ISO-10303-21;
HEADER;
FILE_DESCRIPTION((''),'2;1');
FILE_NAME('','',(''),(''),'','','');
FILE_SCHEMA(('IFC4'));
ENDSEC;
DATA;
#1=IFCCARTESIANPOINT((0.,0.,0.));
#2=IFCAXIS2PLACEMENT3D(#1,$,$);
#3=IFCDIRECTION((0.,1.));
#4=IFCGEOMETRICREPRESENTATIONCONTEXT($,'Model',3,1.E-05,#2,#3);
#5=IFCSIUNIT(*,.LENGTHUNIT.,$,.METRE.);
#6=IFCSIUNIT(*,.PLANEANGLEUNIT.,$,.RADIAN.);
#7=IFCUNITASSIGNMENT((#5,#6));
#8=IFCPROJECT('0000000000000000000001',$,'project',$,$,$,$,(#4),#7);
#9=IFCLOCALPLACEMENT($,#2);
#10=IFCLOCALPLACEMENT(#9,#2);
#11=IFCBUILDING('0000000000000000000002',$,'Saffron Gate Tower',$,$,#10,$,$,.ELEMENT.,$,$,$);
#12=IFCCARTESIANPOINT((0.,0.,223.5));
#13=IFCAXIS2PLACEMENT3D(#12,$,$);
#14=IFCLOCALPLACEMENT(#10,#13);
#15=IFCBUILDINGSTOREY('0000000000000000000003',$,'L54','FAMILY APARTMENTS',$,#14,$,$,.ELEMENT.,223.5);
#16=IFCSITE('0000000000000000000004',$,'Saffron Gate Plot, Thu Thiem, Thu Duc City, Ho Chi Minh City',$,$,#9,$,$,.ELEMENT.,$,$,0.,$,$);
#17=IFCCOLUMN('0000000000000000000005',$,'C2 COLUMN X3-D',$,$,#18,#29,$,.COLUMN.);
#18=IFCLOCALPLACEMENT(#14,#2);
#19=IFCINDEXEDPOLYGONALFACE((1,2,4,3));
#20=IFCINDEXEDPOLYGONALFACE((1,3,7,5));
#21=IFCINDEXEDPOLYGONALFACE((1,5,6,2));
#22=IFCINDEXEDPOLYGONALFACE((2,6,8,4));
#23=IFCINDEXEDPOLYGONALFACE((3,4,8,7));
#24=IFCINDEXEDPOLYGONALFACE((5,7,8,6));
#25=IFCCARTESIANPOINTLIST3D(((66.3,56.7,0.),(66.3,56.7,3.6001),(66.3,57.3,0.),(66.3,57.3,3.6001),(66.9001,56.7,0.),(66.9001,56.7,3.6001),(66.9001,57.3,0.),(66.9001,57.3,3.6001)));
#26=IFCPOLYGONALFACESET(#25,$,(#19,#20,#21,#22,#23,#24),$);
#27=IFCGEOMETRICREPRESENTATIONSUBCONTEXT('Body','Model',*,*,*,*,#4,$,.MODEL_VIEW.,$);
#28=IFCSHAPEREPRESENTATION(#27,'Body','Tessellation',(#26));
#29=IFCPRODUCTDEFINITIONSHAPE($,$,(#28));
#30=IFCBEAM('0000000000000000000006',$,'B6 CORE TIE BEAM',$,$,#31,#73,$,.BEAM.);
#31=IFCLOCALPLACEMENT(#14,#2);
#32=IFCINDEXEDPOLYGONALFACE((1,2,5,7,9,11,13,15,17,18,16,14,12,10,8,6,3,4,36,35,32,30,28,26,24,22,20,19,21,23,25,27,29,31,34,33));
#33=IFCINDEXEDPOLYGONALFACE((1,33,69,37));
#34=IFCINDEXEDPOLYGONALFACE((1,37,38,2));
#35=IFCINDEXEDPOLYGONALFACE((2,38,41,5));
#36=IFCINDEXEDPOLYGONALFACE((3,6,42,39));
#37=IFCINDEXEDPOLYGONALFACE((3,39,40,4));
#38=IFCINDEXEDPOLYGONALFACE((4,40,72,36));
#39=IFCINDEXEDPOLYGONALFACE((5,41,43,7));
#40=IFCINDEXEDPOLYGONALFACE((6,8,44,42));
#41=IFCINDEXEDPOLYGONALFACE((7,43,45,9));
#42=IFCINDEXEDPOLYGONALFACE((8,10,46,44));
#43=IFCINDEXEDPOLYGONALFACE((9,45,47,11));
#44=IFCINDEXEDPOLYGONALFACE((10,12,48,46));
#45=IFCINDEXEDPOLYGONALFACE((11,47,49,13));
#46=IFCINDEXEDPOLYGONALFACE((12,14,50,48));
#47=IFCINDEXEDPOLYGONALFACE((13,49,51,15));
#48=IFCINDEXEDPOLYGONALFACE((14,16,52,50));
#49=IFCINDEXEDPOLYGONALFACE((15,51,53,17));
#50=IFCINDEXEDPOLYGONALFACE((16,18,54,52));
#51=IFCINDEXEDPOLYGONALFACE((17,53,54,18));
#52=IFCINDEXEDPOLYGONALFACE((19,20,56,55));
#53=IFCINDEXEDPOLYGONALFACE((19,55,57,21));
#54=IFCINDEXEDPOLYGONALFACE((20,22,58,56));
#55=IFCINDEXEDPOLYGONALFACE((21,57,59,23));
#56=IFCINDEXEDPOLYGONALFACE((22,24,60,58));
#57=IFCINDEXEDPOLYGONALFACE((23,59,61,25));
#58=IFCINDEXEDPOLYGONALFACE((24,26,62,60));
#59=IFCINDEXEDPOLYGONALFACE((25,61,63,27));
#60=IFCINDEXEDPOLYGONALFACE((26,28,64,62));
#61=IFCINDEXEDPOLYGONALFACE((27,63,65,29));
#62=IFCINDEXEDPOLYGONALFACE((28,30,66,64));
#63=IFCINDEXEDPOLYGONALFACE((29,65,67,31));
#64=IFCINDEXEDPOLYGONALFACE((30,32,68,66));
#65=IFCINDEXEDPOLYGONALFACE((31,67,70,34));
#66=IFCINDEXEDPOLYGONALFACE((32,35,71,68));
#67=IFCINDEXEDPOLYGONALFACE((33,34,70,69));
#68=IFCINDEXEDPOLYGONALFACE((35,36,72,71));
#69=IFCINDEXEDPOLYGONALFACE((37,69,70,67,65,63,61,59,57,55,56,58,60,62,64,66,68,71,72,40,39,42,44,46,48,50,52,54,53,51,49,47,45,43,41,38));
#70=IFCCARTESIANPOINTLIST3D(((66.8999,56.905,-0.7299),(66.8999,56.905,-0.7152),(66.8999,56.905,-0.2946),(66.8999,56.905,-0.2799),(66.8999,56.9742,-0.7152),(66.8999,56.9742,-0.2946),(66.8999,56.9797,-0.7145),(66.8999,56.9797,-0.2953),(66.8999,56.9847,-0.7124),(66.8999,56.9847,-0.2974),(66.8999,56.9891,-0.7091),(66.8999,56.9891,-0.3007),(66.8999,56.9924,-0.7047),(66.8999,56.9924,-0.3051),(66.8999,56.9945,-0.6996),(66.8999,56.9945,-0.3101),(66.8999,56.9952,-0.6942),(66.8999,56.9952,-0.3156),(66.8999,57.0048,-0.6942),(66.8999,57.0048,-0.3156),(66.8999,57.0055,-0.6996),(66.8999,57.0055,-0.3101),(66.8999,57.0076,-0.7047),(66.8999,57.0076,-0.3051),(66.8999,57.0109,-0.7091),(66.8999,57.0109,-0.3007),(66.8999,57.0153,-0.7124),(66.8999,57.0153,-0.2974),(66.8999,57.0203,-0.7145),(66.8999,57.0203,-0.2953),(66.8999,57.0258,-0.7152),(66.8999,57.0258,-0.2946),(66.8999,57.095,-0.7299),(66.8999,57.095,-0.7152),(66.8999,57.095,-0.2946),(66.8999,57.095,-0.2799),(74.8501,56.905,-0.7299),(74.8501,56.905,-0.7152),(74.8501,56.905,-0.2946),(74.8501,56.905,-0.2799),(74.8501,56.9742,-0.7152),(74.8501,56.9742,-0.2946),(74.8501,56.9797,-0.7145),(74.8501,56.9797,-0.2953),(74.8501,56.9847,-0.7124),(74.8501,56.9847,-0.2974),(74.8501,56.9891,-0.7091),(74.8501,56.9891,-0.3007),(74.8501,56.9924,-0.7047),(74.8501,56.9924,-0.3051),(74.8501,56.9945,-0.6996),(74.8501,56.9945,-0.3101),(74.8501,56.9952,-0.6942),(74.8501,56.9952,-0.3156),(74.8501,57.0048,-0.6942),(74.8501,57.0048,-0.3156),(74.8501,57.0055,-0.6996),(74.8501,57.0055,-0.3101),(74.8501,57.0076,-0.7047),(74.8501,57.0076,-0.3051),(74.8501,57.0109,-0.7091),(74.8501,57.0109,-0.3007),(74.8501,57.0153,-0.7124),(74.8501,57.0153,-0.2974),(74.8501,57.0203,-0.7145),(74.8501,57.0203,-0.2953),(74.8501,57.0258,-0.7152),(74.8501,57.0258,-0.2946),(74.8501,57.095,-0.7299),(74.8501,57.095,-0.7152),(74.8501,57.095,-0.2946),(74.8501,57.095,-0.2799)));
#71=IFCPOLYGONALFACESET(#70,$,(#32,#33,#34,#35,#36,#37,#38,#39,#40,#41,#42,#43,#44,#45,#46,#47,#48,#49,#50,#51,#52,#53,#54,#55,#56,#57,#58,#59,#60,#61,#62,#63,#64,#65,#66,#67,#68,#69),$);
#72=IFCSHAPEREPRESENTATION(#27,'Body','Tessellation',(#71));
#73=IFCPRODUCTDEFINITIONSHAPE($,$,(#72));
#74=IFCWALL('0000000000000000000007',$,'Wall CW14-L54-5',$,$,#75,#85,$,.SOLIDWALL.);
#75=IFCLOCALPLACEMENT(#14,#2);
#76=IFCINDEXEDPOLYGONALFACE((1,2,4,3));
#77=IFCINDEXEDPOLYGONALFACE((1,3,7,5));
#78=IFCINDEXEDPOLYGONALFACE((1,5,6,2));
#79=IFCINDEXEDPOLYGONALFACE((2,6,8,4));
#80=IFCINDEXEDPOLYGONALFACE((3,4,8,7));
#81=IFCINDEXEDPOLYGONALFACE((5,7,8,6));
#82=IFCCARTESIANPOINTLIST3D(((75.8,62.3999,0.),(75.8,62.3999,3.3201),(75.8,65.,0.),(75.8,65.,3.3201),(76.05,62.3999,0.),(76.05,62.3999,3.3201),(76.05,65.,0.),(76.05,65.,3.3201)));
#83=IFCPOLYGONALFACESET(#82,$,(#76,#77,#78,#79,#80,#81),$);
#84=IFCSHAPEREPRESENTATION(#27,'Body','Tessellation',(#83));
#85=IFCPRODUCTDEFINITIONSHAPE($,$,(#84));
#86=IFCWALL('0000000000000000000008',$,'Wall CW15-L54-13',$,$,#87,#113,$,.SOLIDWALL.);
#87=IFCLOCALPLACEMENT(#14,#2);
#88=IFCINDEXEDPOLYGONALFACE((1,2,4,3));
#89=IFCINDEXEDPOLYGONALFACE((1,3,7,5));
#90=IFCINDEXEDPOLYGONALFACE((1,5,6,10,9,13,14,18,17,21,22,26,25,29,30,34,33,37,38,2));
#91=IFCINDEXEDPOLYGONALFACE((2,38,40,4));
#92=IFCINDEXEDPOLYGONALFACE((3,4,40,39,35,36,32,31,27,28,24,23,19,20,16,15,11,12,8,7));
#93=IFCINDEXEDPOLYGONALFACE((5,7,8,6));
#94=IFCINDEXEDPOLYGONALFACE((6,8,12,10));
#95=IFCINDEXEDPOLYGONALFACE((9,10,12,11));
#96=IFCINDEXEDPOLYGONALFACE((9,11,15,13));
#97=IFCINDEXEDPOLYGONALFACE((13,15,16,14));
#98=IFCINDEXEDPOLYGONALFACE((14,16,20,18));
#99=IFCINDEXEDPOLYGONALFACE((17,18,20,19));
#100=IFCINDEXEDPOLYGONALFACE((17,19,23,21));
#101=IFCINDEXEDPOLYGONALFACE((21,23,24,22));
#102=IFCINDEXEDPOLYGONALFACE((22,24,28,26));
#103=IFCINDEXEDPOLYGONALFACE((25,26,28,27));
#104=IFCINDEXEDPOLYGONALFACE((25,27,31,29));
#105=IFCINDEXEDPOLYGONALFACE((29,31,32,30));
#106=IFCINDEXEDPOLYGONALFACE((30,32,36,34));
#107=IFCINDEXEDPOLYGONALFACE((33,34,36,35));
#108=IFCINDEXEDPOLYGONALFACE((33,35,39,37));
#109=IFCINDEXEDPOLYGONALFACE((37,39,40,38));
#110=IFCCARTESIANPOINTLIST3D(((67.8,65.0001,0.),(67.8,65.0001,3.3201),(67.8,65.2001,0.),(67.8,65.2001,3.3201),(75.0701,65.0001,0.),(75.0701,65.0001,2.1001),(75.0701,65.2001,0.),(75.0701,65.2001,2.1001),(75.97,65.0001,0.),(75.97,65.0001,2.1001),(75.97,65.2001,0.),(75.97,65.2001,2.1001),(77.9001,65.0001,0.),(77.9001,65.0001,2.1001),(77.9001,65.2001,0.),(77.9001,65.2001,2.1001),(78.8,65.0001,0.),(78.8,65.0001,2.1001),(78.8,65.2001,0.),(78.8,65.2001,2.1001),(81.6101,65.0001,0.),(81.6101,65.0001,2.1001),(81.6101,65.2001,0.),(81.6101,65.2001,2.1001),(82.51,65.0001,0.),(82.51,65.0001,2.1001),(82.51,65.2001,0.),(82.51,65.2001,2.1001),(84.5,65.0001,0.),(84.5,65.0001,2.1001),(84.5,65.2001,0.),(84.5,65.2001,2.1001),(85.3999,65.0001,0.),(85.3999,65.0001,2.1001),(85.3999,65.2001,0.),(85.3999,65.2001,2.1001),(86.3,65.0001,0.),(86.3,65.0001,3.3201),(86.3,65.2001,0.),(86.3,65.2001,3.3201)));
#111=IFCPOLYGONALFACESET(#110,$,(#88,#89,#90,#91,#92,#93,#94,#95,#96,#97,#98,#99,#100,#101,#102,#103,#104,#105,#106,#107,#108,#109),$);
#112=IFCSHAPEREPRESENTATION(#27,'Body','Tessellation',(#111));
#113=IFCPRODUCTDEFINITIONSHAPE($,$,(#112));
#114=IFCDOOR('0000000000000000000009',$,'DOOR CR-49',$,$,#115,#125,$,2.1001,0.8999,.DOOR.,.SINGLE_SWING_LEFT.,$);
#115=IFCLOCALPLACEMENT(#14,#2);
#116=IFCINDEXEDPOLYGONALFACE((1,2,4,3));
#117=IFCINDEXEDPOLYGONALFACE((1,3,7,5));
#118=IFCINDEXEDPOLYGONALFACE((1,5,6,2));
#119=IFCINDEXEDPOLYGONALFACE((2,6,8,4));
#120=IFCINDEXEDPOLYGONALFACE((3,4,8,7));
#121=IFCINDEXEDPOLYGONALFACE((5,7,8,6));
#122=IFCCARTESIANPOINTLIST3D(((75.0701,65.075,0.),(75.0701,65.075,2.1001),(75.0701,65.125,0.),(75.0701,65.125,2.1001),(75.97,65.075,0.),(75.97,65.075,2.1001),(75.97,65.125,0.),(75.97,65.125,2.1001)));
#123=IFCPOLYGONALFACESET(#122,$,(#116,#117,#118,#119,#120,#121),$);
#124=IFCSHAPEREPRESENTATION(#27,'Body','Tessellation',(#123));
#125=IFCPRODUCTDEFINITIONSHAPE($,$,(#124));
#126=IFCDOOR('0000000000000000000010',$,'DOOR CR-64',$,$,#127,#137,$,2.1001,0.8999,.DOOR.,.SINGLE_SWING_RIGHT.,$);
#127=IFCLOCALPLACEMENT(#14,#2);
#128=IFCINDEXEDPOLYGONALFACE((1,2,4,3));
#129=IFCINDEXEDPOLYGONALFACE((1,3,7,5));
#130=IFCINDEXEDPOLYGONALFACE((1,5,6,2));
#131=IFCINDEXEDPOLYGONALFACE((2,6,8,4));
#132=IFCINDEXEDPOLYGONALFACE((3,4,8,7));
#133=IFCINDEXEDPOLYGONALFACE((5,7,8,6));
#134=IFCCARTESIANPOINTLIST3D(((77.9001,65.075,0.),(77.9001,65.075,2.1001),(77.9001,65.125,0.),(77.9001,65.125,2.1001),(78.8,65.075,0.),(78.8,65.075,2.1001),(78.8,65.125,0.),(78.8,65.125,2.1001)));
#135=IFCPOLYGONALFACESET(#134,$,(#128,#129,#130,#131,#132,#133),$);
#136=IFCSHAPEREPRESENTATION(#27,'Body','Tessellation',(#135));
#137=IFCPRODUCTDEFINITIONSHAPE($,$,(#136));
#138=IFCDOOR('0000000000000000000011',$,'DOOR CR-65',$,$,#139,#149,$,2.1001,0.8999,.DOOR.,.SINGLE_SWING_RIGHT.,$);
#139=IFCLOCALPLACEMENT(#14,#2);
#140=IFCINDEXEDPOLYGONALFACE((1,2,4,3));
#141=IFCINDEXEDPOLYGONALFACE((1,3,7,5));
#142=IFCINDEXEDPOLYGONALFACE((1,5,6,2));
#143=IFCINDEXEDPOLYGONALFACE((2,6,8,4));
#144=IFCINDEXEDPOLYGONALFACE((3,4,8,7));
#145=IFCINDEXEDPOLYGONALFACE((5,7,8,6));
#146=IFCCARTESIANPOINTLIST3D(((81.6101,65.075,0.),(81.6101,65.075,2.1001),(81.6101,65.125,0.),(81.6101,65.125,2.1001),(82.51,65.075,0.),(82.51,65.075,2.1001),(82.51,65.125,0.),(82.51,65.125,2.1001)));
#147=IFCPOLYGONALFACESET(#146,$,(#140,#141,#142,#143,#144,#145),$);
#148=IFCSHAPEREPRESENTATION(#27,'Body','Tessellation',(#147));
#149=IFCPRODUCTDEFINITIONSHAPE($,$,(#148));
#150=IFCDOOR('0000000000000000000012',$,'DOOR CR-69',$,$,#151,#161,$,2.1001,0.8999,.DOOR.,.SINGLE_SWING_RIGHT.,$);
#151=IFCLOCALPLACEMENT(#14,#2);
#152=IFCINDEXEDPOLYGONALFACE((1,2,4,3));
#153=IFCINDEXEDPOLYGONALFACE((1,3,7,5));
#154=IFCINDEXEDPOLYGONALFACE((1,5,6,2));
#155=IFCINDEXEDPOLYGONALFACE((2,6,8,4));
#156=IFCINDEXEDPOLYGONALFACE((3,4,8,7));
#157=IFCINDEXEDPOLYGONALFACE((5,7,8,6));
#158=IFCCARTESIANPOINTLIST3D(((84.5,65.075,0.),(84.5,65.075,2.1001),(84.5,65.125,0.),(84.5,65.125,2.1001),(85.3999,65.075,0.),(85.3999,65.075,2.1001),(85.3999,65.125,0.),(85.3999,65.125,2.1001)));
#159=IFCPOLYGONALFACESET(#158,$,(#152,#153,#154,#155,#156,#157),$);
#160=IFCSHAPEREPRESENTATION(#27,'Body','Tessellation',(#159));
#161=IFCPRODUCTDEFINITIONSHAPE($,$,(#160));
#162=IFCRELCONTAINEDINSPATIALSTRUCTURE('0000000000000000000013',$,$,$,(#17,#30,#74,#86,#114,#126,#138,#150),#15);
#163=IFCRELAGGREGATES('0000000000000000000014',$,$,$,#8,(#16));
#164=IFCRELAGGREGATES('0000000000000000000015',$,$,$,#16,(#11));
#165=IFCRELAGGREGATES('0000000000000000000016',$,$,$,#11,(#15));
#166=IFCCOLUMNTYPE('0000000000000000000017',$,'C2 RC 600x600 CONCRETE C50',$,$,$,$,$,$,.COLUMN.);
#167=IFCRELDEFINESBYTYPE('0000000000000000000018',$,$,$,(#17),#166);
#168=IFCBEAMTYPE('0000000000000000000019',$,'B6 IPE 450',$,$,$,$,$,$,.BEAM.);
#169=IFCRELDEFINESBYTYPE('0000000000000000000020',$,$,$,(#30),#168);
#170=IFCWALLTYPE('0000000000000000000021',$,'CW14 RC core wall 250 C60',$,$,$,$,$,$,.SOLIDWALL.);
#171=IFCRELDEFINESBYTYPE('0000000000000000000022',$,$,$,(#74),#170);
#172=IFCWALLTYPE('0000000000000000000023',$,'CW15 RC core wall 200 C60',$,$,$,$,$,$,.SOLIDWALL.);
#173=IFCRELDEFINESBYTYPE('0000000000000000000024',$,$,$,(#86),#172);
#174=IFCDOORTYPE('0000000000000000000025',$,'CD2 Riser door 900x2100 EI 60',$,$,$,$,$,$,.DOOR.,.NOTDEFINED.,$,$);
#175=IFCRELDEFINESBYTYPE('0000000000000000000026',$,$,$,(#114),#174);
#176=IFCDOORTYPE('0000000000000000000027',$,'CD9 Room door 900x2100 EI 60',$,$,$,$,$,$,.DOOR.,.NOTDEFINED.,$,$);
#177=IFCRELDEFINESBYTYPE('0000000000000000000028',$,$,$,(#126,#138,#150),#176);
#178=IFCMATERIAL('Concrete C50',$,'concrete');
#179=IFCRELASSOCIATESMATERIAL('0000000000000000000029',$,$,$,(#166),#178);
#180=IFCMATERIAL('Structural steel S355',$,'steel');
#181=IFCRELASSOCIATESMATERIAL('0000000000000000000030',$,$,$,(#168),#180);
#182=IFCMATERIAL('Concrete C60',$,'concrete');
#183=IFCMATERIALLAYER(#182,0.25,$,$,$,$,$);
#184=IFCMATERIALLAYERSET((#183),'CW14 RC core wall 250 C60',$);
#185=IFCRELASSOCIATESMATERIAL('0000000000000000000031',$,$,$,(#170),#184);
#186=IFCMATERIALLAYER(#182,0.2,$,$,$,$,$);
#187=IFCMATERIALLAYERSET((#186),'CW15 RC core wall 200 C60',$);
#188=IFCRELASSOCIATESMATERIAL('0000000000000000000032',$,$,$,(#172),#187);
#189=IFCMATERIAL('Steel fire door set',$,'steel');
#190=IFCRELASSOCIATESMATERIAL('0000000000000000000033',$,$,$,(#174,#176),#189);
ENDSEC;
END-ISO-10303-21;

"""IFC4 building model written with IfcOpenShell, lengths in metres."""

from ifc_helpers import new_model, si_unit, direction, frame, frame_2d, origin, origin_2d, place, context, subcontext, project, spatial, rectangle, i_section, extrude, material, layer, layer_set, material_profile, profile_set, type_object, element, fill, save


model = new_model("IFC4")

# Units and contexts
model_context = context("Model", 3, precision=1e-05, world=origin(), true_north=direction((0.0, 1.0)))
body_context = subcontext(model_context, "Body", "Model", "MODEL_VIEW")
ifc_project = project(units=[si_unit("LENGTHUNIT", "METRE"), si_unit("PLANEANGLEUNIT", "RADIAN")], contexts=[model_context])

# Site, building, storey
site_placement = place(None, origin())
site = spatial("IfcSite", under=ifc_project, at=site_placement, Name="Saffron Gate Plot, Thu Thiem, Thu Duc City, Ho Chi Minh City", CompositionType="ELEMENT", RefElevation=0.0)
building_placement = place(site_placement, origin())
building = spatial("IfcBuilding", under=site, at=building_placement, Name="Saffron Gate Tower", CompositionType="ELEMENT")
storey_placement = place(building_placement, frame((0.0, 0.0, 223.5)))
storey = spatial("IfcBuildingStorey", under=building, at=storey_placement, Name="L54", Description="FAMILY APARTMENTS", CompositionType="ELEMENT", Elevation=223.5)

# Column
ifc_material_1 = material(Name="Concrete C50", Category="concrete")
ifc_material_profile_1 = material_profile(ifc_material_1, rectangle(XDim=0.6001, YDim=0.6001, at=origin_2d()))
ifc_profile_set_1 = profile_set([ifc_material_profile_1], Name="Concrete C50")
column_type = type_object("IfcColumnType", Name="C2 RC 600x600 CONCRETE C50", PredefinedType="COLUMN", material=ifc_profile_set_1)
column_placement = place(storey_placement, frame((66.6001, 57.0, 0.0), z_axis=(0.0, 0.0, 1.0), x_axis=(1.0, 0.0, 0.0)))
element("IfcColumn", 1, at=column_placement, inside=storey, type_object=column_type, Name="C2 COLUMN X3-D", PredefinedType="COLUMN", context=body_context, shape_type="SweptSolid", body=[
    extrude(rectangle(XDim=0.6001, YDim=0.6001, at=origin_2d()), origin(), (0.0, 0.0, 1.0), 3.6001),
])

# Beam
ifc_material_2 = material(Name="Structural steel S355", Category="steel")
ifc_material_profile_2 = material_profile(ifc_material_2, i_section(OverallWidth=0.1899, OverallDepth=0.45, WebThickness=0.0095, FlangeThickness=0.0146, FilletRadius=0.021, at=origin_2d()))
ifc_profile_set_2 = profile_set([ifc_material_profile_2], Name="Structural steel S355")
beam_type = type_object("IfcBeamType", Name="B6 IPE 450", PredefinedType="BEAM", material=ifc_profile_set_2)
beam_placement = place(storey_placement, frame((66.8999, 57.0, -0.5049), z_axis=(1.0, 0.0, 0.0), x_axis=(0.0, 1.0, 0.0)))
element("IfcBeam", 2, at=beam_placement, inside=storey, type_object=beam_type, Name="B6 CORE TIE BEAM", PredefinedType="BEAM", context=body_context, shape_type="SweptSolid", body=[
    extrude(i_section(OverallWidth=0.1899, OverallDepth=0.45, WebThickness=0.0095, FlangeThickness=0.0146, FilletRadius=0.021, at=origin_2d()), origin(), (0.0, 0.0, 1.0), 7.9502),
])

# Wall
ifc_material_3 = material(Name="Concrete C60", Category="concrete")
ifc_layer_1 = layer(ifc_material_3, 0.25)
ifc_layer_set_1 = layer_set([ifc_layer_1], Name="CW14 RC core wall 250 C60")
wall_type_1 = type_object("IfcWallType", Name="CW14 RC core wall 250 C60", PredefinedType="SOLIDWALL", material=ifc_layer_set_1)
wall_1_placement = place(storey_placement, frame((75.925, 62.3999, 0.0), z_axis=(0.0, 0.0, 1.0), x_axis=(0.0, 1.0, 0.0)))
element("IfcWall", 3, at=wall_1_placement, inside=storey, type_object=wall_type_1, Name="Wall CW14-L54-5", PredefinedType="SOLIDWALL", context=body_context, shape_type="SweptSolid", body=[
    extrude(rectangle(XDim=2.6001, YDim=0.25, at=frame_2d((1.3, 0.0))), origin(), (0.0, 0.0, 1.0), 3.3201),
])

# Wall, openings, doors
ifc_layer_2 = layer(ifc_material_3, 0.2)
ifc_layer_set_2 = layer_set([ifc_layer_2], Name="CW15 RC core wall 200 C60")
wall_type_2 = type_object("IfcWallType", Name="CW15 RC core wall 200 C60", PredefinedType="SOLIDWALL", material=ifc_layer_set_2)
wall_2_placement = place(storey_placement, frame((67.8, 65.1001, 0.0), z_axis=(0.0, 0.0, 1.0), x_axis=(1.0, 0.0, 0.0)))
wall_2 = element("IfcWall", 4, at=wall_2_placement, inside=storey, type_object=wall_type_2, Name="Wall CW15-L54-13", PredefinedType="SOLIDWALL", context=body_context, shape_type="SweptSolid", body=[
    extrude(rectangle(XDim=18.5, YDim=0.2, at=frame_2d((9.25, 0.0))), origin(), (0.0, 0.0, 1.0), 3.3201),
])
opening_1_placement = place(wall_2_placement, frame((7.27, 0.0, 0.0)))
opening_1 = element("IfcOpeningElement", 5, at=opening_1_placement, cuts=wall_2, PredefinedType="OPENING", context=body_context, shape_type="SweptSolid", body=[
    extrude(rectangle(XDim=0.8999, YDim=2.1001, at=frame_2d((0.45, 1.05))), frame((0.0, 0.1099, 0.0), z_axis=(0.0, -1.0, 0.0), x_axis=(1.0, 0.0, 0.0)), (0.0, 0.0, 1.0), 0.22),
])
opening_2_placement = place(wall_2_placement, frame((10.1001, 0.0, 0.0)))
opening_2 = element("IfcOpeningElement", 6, at=opening_2_placement, cuts=wall_2, PredefinedType="OPENING", context=body_context, shape_type="SweptSolid", body=[
    extrude(rectangle(XDim=0.8999, YDim=2.1001, at=frame_2d((0.45, 1.05))), frame((0.0, 0.1099, 0.0), z_axis=(0.0, -1.0, 0.0), x_axis=(1.0, 0.0, 0.0)), (0.0, 0.0, 1.0), 0.22),
])
opening_3_placement = place(wall_2_placement, frame((13.8101, 0.0, 0.0)))
opening_3 = element("IfcOpeningElement", 7, at=opening_3_placement, cuts=wall_2, PredefinedType="OPENING", context=body_context, shape_type="SweptSolid", body=[
    extrude(rectangle(XDim=0.8999, YDim=2.1001, at=frame_2d((0.45, 1.05))), frame((0.0, 0.1099, 0.0), z_axis=(0.0, -1.0, 0.0), x_axis=(1.0, 0.0, 0.0)), (0.0, 0.0, 1.0), 0.22),
])
opening_4_placement = place(wall_2_placement, frame((16.7, 0.0, 0.0)))
opening_4 = element("IfcOpeningElement", 8, at=opening_4_placement, cuts=wall_2, PredefinedType="OPENING", context=body_context, shape_type="SweptSolid", body=[
    extrude(rectangle(XDim=0.8999, YDim=2.1001, at=frame_2d((0.45, 1.05))), frame((0.0, 0.1099, 0.0), z_axis=(0.0, -1.0, 0.0), x_axis=(1.0, 0.0, 0.0)), (0.0, 0.0, 1.0), 0.22),
])
ifc_material_4 = material(Name="Steel fire door set", Category="steel")
door_type_1 = type_object("IfcDoorType", Name="CD2 Riser door 900x2100 EI 60", OperationType="NOTDEFINED", PredefinedType="DOOR", material=ifc_material_4)
door_1_placement = place(opening_1_placement, origin())
door_1 = element("IfcDoor", 9, at=door_1_placement, inside=storey, type_object=door_type_1, Name="DOOR CR-49", OperationType="SINGLE_SWING_LEFT", OverallHeight=2.1001, OverallWidth=0.8999, PredefinedType="DOOR", context=body_context, shape_type="SweptSolid", body=[
    extrude(rectangle(XDim=0.8999, YDim=2.1001, at=frame_2d((0.45, 1.05))), frame((0.0, 0.0249, 0.0), z_axis=(0.0, -1.0, 0.0), x_axis=(1.0, 0.0, 0.0)), (0.0, 0.0, 1.0), 0.05),
])
fill(opening_1, door_1)
door_type_2 = type_object("IfcDoorType", Name="CD9 Room door 900x2100 EI 60", OperationType="NOTDEFINED", PredefinedType="DOOR", material=ifc_material_4)
door_2_placement = place(opening_2_placement, origin())
door_2 = element("IfcDoor", 10, at=door_2_placement, inside=storey, type_object=door_type_2, Name="DOOR CR-64", OperationType="SINGLE_SWING_RIGHT", OverallHeight=2.1001, OverallWidth=0.8999, PredefinedType="DOOR", context=body_context, shape_type="SweptSolid", body=[
    extrude(rectangle(XDim=0.8999, YDim=2.1001, at=frame_2d((0.45, 1.05))), frame((0.0, 0.0249, 0.0), z_axis=(0.0, -1.0, 0.0), x_axis=(1.0, 0.0, 0.0)), (0.0, 0.0, 1.0), 0.05),
])
fill(opening_2, door_2)
door_3_placement = place(opening_3_placement, origin())
door_3 = element("IfcDoor", 11, at=door_3_placement, inside=storey, type_object=door_type_2, Name="DOOR CR-65", OperationType="SINGLE_SWING_RIGHT", OverallHeight=2.1001, OverallWidth=0.8999, PredefinedType="DOOR", context=body_context, shape_type="SweptSolid", body=[
    extrude(rectangle(XDim=0.8999, YDim=2.1001, at=frame_2d((0.45, 1.05))), frame((0.0, 0.0249, 0.0), z_axis=(0.0, -1.0, 0.0), x_axis=(1.0, 0.0, 0.0)), (0.0, 0.0, 1.0), 0.05),
])
fill(opening_3, door_3)
door_4_placement = place(opening_4_placement, origin())
door_4 = element("IfcDoor", 12, at=door_4_placement, inside=storey, type_object=door_type_2, Name="DOOR CR-69", OperationType="SINGLE_SWING_RIGHT", OverallHeight=2.1001, OverallWidth=0.8999, PredefinedType="DOOR", context=body_context, shape_type="SweptSolid", body=[
    extrude(rectangle(XDim=0.8999, YDim=2.1001, at=frame_2d((0.45, 1.05))), frame((0.0, 0.0249, 0.0), z_axis=(0.0, -1.0, 0.0), x_axis=(1.0, 0.0, 0.0)), (0.0, 0.0, 1.0), 0.05),
])
fill(opening_4, door_4)

save(model, "model.ifc")
